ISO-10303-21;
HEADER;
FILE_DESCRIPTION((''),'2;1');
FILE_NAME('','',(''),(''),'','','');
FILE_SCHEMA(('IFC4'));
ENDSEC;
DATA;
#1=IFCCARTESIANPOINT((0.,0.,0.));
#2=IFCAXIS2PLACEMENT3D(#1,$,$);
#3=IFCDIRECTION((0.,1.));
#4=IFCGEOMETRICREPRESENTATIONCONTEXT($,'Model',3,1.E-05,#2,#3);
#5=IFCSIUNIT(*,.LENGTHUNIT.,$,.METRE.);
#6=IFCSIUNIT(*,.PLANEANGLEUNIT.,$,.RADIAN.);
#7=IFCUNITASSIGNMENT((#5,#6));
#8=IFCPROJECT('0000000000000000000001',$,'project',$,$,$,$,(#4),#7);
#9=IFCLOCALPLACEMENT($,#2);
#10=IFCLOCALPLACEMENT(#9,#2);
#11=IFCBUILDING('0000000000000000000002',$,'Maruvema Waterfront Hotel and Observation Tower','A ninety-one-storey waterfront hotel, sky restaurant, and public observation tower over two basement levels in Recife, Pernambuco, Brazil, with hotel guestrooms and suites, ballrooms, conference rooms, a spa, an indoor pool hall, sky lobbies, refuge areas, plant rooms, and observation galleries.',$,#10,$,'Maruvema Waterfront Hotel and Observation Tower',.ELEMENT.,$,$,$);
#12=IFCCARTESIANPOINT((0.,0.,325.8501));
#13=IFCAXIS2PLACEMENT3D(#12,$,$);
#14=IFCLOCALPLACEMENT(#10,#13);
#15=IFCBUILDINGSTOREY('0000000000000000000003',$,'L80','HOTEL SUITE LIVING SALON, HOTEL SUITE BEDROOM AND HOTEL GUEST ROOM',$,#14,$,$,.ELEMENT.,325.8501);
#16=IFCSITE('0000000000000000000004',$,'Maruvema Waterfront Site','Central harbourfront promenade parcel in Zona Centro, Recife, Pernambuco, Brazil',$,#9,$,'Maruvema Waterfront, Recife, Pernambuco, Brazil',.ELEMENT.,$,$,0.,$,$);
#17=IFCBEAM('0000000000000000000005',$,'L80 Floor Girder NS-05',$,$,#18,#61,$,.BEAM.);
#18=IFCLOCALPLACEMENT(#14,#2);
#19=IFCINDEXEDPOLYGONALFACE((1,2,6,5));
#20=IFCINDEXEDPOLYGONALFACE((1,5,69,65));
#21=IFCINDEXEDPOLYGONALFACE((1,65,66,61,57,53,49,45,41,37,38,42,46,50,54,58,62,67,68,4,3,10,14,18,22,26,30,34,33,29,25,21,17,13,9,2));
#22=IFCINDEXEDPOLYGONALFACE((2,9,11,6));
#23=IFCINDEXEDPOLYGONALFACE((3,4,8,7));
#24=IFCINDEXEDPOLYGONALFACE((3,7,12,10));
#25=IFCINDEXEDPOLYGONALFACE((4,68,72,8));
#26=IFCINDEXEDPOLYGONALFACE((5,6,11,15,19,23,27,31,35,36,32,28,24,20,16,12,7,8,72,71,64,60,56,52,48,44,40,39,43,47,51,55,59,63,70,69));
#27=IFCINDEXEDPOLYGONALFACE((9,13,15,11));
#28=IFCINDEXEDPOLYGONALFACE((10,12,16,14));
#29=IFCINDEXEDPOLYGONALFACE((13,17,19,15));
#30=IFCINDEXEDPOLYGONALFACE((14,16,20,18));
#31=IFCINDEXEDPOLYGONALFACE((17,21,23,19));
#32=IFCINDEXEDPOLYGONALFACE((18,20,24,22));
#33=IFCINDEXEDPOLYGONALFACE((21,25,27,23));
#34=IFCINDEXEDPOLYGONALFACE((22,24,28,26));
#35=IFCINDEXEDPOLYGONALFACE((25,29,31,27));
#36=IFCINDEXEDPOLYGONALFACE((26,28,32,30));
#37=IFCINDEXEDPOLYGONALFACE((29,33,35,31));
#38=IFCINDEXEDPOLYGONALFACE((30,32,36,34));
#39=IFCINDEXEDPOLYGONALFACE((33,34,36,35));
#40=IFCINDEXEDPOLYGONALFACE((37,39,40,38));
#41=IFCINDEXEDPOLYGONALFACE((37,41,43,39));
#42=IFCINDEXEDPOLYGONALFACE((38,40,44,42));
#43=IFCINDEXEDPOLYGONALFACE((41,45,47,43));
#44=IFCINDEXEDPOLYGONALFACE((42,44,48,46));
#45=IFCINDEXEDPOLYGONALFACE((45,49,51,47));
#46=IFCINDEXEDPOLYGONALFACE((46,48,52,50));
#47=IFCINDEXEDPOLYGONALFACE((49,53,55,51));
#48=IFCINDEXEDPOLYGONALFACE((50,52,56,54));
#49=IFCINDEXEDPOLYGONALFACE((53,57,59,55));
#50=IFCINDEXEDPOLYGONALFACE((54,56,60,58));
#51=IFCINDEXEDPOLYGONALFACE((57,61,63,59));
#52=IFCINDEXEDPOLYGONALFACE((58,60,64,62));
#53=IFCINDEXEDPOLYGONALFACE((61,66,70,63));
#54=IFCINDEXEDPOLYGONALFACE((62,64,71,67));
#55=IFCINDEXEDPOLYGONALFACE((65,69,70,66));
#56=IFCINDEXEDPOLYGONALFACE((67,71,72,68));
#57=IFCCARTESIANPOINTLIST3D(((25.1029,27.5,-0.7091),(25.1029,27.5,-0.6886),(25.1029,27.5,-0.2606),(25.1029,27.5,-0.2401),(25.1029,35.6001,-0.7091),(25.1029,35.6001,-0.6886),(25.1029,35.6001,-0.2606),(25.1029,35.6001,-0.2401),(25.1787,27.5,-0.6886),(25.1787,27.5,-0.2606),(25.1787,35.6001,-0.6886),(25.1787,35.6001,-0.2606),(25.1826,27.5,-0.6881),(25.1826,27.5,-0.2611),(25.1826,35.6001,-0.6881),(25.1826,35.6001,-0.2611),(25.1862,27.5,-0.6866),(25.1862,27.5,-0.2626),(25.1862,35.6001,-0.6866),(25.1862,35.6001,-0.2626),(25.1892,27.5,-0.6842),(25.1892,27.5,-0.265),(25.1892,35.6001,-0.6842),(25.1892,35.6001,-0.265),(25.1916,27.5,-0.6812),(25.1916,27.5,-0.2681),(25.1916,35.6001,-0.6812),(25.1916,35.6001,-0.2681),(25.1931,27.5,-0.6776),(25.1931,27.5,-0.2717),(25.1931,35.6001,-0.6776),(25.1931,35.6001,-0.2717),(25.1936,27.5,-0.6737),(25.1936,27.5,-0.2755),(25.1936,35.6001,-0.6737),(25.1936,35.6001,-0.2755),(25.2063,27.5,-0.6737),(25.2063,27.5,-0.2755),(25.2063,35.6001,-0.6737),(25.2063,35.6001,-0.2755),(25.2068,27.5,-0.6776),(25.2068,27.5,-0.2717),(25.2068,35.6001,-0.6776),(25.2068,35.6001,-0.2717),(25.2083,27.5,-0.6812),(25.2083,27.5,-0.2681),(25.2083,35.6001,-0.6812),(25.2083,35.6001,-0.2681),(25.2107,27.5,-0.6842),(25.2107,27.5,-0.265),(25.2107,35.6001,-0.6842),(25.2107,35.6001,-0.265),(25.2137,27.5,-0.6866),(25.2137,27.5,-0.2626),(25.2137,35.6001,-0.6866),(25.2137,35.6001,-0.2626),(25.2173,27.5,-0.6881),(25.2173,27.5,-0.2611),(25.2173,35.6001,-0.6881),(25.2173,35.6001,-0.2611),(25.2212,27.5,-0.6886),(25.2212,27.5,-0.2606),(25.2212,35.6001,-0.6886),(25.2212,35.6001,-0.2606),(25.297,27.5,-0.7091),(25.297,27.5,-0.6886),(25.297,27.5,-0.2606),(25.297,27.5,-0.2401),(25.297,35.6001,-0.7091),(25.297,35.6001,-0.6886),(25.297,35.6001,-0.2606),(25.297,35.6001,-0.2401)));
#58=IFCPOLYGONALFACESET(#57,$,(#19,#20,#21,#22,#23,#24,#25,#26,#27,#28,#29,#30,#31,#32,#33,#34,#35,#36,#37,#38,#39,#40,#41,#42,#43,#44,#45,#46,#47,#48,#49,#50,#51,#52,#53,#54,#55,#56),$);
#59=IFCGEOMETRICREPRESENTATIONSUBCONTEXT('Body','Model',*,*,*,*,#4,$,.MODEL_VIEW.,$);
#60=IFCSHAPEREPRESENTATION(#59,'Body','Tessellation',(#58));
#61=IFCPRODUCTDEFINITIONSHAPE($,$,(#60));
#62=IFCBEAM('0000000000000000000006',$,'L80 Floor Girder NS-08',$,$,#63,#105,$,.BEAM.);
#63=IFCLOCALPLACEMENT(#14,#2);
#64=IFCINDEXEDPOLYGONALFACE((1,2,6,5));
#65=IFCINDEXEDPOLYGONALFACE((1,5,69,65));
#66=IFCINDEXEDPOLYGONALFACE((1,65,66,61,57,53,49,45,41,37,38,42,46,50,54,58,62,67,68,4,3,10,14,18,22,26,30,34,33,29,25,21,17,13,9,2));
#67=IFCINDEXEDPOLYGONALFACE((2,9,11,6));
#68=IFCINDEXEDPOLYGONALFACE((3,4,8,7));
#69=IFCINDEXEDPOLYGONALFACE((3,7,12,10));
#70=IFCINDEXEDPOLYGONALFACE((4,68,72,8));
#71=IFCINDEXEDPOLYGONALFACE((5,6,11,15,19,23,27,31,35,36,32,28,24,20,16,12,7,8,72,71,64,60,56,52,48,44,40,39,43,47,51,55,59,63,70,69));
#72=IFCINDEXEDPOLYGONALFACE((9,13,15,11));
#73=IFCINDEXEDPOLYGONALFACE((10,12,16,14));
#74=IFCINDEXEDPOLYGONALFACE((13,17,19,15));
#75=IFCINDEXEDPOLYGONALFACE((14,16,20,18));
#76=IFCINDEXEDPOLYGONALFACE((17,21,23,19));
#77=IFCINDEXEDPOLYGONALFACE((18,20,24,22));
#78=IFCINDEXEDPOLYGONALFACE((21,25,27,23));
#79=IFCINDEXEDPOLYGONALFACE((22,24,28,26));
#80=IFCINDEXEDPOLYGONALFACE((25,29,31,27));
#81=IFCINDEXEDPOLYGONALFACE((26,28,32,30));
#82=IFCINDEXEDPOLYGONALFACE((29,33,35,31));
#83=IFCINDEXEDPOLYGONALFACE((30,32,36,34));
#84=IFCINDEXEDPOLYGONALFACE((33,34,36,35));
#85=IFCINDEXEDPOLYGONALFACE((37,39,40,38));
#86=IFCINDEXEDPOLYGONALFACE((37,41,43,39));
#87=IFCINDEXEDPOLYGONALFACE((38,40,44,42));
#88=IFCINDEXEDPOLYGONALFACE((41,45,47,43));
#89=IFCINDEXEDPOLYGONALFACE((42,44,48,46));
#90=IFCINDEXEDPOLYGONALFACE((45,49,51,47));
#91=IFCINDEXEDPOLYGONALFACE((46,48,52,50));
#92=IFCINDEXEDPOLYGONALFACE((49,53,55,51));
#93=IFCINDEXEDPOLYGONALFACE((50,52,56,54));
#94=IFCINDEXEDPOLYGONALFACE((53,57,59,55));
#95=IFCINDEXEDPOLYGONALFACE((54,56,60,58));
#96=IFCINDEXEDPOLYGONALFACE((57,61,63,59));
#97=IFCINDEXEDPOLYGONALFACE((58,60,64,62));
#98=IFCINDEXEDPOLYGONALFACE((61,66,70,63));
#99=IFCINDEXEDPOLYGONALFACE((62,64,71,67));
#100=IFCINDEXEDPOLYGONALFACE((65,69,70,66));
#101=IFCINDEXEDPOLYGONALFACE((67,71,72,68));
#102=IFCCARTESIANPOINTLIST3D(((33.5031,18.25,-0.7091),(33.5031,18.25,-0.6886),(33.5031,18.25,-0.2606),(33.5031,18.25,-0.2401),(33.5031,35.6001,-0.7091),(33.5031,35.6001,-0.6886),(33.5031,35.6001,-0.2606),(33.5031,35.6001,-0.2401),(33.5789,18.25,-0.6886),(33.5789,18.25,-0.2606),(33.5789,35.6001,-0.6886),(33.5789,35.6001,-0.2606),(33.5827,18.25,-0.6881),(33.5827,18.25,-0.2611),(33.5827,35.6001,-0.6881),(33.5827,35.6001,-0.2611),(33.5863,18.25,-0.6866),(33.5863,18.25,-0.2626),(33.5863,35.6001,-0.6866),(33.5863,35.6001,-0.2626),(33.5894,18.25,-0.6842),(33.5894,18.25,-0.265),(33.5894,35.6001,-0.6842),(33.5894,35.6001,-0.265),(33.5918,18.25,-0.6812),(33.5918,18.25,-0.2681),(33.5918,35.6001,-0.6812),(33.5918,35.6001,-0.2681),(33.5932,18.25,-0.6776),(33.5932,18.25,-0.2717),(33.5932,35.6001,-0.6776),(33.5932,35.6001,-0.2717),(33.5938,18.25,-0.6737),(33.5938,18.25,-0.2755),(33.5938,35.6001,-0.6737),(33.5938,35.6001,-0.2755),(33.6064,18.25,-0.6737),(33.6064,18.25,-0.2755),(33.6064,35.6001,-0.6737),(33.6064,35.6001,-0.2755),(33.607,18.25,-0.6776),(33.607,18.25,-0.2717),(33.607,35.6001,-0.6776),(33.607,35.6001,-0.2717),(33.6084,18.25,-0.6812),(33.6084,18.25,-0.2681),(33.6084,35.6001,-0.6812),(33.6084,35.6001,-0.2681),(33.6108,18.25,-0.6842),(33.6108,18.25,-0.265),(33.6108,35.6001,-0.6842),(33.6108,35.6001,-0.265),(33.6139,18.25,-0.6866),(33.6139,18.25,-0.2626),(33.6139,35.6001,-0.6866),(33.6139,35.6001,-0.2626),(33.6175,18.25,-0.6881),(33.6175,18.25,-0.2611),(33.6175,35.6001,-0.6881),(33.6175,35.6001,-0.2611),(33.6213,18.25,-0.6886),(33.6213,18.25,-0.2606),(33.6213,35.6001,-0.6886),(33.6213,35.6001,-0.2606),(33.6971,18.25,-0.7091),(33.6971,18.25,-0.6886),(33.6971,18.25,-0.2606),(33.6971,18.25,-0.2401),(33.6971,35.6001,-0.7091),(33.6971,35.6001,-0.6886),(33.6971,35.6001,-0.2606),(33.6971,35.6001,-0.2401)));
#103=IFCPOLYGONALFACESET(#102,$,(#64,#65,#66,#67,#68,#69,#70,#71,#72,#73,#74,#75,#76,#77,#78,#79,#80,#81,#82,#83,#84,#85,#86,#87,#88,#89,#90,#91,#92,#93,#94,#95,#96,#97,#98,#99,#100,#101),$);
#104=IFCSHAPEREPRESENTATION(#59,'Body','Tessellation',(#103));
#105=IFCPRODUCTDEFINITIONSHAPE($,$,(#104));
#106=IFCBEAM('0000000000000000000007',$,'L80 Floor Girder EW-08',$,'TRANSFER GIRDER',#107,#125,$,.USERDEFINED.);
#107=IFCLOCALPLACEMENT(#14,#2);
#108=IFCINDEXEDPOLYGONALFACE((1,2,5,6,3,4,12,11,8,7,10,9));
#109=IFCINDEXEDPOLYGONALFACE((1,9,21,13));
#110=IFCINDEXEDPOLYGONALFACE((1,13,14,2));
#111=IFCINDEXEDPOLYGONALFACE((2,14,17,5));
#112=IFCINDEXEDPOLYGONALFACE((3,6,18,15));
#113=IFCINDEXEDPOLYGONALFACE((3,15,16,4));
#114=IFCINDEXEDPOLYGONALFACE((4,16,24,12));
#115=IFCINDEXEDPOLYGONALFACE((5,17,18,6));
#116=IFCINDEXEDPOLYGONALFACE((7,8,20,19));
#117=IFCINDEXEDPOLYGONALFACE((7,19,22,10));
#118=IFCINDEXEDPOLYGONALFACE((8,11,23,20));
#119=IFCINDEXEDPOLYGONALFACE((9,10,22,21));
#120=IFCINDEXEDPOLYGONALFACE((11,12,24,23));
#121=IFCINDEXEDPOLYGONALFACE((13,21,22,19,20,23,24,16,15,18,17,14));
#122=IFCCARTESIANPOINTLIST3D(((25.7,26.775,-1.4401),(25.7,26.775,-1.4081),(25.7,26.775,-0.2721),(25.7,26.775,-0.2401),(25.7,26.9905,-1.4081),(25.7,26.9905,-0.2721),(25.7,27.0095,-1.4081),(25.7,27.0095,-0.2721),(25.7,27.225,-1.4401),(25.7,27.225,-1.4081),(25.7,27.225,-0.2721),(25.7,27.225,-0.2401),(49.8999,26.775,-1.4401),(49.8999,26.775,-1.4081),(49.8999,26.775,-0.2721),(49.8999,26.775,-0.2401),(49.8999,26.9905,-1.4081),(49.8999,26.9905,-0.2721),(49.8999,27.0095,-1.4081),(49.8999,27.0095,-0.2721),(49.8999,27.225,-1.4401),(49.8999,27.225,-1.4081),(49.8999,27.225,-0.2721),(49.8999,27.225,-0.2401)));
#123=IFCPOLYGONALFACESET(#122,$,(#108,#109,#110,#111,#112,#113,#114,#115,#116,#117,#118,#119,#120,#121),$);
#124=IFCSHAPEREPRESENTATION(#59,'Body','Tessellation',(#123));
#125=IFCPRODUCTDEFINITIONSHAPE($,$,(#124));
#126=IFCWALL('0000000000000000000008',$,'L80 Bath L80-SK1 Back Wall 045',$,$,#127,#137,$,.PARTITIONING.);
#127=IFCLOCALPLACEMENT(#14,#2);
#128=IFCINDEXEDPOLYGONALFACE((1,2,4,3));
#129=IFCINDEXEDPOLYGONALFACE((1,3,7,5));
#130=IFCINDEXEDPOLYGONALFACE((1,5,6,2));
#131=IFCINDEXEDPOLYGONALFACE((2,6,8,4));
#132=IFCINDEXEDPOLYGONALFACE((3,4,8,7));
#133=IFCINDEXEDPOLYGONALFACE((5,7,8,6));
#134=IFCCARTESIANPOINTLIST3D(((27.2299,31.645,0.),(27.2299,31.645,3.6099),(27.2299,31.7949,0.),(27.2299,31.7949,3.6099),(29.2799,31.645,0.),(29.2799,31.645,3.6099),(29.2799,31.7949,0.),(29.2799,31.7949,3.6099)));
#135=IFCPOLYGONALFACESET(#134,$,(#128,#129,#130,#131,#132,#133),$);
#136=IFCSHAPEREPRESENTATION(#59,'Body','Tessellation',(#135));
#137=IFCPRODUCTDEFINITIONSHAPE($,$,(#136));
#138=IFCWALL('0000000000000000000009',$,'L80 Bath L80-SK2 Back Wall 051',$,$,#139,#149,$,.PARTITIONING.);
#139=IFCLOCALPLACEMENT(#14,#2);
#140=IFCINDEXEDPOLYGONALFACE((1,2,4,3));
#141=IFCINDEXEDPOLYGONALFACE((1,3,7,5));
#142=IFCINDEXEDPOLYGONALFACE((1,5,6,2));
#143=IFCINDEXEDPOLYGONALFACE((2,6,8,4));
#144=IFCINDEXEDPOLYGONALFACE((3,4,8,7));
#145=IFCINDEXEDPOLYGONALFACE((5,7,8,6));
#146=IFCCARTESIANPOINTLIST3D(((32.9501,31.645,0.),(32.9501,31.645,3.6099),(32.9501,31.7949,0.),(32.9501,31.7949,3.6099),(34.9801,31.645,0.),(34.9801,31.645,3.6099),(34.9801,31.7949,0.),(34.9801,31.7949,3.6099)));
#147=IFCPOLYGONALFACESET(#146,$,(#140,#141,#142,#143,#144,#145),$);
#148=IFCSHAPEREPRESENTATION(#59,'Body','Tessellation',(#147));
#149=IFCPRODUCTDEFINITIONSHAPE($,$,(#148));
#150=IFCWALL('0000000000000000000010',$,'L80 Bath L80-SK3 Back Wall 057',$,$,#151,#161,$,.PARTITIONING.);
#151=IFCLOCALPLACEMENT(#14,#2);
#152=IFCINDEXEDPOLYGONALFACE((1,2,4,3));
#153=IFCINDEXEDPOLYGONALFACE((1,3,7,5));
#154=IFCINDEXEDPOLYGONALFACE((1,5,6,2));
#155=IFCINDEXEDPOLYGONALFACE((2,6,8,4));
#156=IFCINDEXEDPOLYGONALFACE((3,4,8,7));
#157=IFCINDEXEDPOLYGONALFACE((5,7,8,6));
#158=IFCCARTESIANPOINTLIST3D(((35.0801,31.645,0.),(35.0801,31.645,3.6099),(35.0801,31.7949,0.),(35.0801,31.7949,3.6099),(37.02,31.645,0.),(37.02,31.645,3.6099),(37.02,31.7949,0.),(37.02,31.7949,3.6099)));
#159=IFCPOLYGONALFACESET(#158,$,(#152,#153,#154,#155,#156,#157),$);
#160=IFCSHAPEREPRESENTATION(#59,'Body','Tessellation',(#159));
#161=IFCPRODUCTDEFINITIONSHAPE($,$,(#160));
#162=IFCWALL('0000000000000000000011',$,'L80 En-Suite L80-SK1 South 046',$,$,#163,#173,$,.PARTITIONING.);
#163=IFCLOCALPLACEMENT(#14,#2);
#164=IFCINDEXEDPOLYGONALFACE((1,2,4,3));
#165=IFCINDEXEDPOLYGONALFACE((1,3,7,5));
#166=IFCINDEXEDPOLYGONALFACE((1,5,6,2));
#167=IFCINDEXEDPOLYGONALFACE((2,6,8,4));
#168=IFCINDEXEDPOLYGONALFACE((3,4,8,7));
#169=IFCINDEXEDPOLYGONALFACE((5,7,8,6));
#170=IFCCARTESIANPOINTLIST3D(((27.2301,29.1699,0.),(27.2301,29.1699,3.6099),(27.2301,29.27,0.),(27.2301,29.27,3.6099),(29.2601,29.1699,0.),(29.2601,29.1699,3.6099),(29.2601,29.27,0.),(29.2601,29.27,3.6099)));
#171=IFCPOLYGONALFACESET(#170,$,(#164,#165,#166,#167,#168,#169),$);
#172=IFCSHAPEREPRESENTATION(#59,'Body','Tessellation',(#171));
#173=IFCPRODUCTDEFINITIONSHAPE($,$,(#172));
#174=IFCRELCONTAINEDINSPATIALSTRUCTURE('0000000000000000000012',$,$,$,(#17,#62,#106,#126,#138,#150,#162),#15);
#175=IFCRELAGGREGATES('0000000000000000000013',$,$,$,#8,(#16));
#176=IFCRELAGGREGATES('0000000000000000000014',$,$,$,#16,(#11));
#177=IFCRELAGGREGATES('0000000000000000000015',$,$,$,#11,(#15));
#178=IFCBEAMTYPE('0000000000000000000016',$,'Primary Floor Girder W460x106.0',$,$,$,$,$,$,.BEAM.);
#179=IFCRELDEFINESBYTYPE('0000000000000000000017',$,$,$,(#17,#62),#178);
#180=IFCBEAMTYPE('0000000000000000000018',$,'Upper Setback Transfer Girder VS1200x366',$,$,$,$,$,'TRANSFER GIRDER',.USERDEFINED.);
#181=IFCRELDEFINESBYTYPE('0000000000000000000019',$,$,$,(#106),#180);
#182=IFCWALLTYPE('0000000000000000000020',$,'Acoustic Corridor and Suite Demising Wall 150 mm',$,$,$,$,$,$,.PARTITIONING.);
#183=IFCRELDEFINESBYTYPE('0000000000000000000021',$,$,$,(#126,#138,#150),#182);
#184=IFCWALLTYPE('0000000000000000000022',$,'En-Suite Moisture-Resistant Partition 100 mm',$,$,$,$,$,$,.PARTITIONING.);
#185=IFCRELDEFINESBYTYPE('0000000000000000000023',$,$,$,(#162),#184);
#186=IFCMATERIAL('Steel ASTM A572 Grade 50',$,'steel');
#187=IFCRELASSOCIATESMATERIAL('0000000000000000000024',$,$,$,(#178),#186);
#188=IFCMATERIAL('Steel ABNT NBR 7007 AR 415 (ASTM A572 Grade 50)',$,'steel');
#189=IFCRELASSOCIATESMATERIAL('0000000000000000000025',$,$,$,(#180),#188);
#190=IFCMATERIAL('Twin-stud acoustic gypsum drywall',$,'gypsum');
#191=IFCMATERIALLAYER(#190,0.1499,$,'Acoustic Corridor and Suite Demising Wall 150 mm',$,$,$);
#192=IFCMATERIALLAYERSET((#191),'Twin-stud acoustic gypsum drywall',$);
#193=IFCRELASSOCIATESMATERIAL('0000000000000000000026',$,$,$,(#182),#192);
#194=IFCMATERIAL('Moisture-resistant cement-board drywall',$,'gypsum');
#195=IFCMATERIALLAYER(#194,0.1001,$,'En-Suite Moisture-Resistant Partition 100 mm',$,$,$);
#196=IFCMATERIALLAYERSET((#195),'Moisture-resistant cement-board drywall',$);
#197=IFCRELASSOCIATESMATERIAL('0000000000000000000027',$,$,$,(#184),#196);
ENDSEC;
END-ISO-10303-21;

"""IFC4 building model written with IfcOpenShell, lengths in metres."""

from ifc_helpers import new_model, si_unit, direction, frame, frame_2d, origin, origin_2d, place, context, subcontext, project, spatial, rectangle, i_section, extrude, material, layer, layer_set, material_profile, profile_set, type_object, element, save


model = new_model("IFC4")

# Units and contexts
model_context = context("Model", 3, precision=1e-05, world=origin(), true_north=direction((0.0, 1.0)))
body_context = subcontext(model_context, "Body", "Model", "MODEL_VIEW")
ifc_project = project(units=[si_unit("LENGTHUNIT", "METRE"), si_unit("PLANEANGLEUNIT", "RADIAN")], contexts=[model_context])

# Site, building, storey
site_placement = place(None, origin())
site = spatial("IfcSite", under=ifc_project, at=site_placement, Name="Maruvema Waterfront Site", Description="Central harbourfront promenade parcel in Zona Centro, Recife, Pernambuco, Brazil", LongName="Maruvema Waterfront, Recife, Pernambuco, Brazil", CompositionType="ELEMENT", RefElevation=0.0)
building_placement = place(site_placement, origin())
building = spatial("IfcBuilding", under=site, at=building_placement, Name="Maruvema Waterfront Hotel and Observation Tower", Description="A ninety-one-storey waterfront hotel, sky restaurant, and public observation tower over two basement levels in Recife, Pernambuco, Brazil, with hotel guestrooms and suites, ballrooms, conference rooms, a spa, an indoor pool hall, sky lobbies, refuge areas, plant rooms, and observation galleries.", LongName="Maruvema Waterfront Hotel and Observation Tower", CompositionType="ELEMENT")
storey_placement = place(building_placement, frame((0.0, 0.0, 325.8501)))
storey = spatial("IfcBuildingStorey", under=building, at=storey_placement, Name="L80", Description="HOTEL SUITE LIVING SALON, HOTEL SUITE BEDROOM AND HOTEL GUEST ROOM", CompositionType="ELEMENT", Elevation=325.8501)

# Beams
ifc_material_1 = material(Name="Steel ASTM A572 Grade 50", Category="steel")
ifc_material_profile_1 = material_profile(ifc_material_1, i_section(OverallWidth=0.1941, OverallDepth=0.469, WebThickness=0.0127, FlangeThickness=0.0205, FilletRadius=0.0149, at=origin_2d()), Name="W460x106.0")
ifc_profile_set_1 = profile_set([ifc_material_profile_1], Name="Steel ASTM A572 Grade 50")
beam_type_1 = type_object("IfcBeamType", Name="Primary Floor Girder W460x106.0", PredefinedType="BEAM", material=ifc_profile_set_1)
for number, where, z_axis, x_axis, name in (
    (1, (25.2, 27.5, -0.4746), (0.0, 1.0, 0.0), (-1.0, 0.0, 0.0), "L80 Floor Girder NS-05"),
):
    element("IfcBeam", number, at=place(storey_placement, frame(where, z_axis=z_axis, x_axis=x_axis)), inside=storey, type_object=beam_type_1, Name=name, PredefinedType="BEAM", context=body_context, shape_type="SweptSolid", body=[
        extrude(i_section(OverallWidth=0.1941, OverallDepth=0.469, WebThickness=0.0127, FlangeThickness=0.0205, FilletRadius=0.0149, at=origin_2d()), origin(), (0.0, 0.0, 1.0), 8.1001),
    ])
beam_1_placement = place(storey_placement, frame((33.6001, 18.25, -0.4746), z_axis=(0.0, 1.0, 0.0), x_axis=(-1.0, 0.0, 0.0)))
element("IfcBeam", 2, at=beam_1_placement, inside=storey, type_object=beam_type_1, Name="L80 Floor Girder NS-08", PredefinedType="BEAM", context=body_context, shape_type="SweptSolid", body=[
    extrude(i_section(OverallWidth=0.1941, OverallDepth=0.469, WebThickness=0.0127, FlangeThickness=0.0205, FilletRadius=0.0149, at=origin_2d()), origin(), (0.0, 0.0, 1.0), 17.3501),
])
ifc_material_2 = material(Name="Steel ABNT NBR 7007 AR 415 (ASTM A572 Grade 50)", Category="steel")
ifc_material_profile_2 = material_profile(ifc_material_2, i_section(OverallWidth=0.45, OverallDepth=1.2, WebThickness=0.019, FlangeThickness=0.032, at=origin_2d()), Name="VS1200x366")
ifc_profile_set_2 = profile_set([ifc_material_profile_2], Name="Steel ABNT NBR 7007 AR 415 (ASTM A572 Grade 50)")
beam_type_2 = type_object("IfcBeamType", Name="Upper Setback Transfer Girder VS1200x366", ElementType="TRANSFER GIRDER", PredefinedType="USERDEFINED", material=ifc_profile_set_2)
beam_2_placement = place(storey_placement, frame((25.7, 27.0, -0.8401), z_axis=(1.0, 0.0, 0.0), x_axis=(0.0, 1.0, 0.0)))
element("IfcBeam", 3, at=beam_2_placement, inside=storey, type_object=beam_type_2, Name="L80 Floor Girder EW-08", ObjectType="TRANSFER GIRDER", PredefinedType="USERDEFINED", context=body_context, shape_type="SweptSolid", body=[
    extrude(i_section(OverallWidth=0.45, OverallDepth=1.2, WebThickness=0.019, FlangeThickness=0.032, at=origin_2d()), origin(), (0.0, 0.0, 1.0), 24.2),
])

# Walls
ifc_material_3 = material(Name="Twin-stud acoustic gypsum drywall", Category="gypsum")
ifc_layer_1 = layer(ifc_material_3, 0.1499, Name="Acoustic Corridor and Suite Demising Wall 150 mm")
ifc_layer_set_1 = layer_set([ifc_layer_1], Name="Twin-stud acoustic gypsum drywall")
wall_type_1 = type_object("IfcWallType", Name="Acoustic Corridor and Suite Demising Wall 150 mm", PredefinedType="PARTITIONING", material=ifc_layer_set_1)
wall_1_placement = place(storey_placement, frame((27.23, 31.72, 0.0), z_axis=(0.0, 0.0, 1.0), x_axis=(1.0, 0.0, 0.0)))
element("IfcWall", 4, at=wall_1_placement, inside=storey, type_object=wall_type_1, Name="L80 Bath L80-SK1 Back Wall 045", PredefinedType="PARTITIONING", context=body_context, shape_type="SweptSolid", body=[
    extrude(rectangle(XDim=2.05, YDim=0.1499, at=frame_2d((1.0249, 0.0))), origin(), (0.0, 0.0, 1.0), 3.6099),
])
wall_2_placement = place(storey_placement, frame((32.95, 31.72, 0.0), z_axis=(0.0, 0.0, 1.0), x_axis=(1.0, 0.0, 0.0)))
element("IfcWall", 5, at=wall_2_placement, inside=storey, type_object=wall_type_1, Name="L80 Bath L80-SK2 Back Wall 051", PredefinedType="PARTITIONING", context=body_context, shape_type="SweptSolid", body=[
    extrude(rectangle(XDim=2.03, YDim=0.1499, at=frame_2d((1.0151, 0.0))), origin(), (0.0, 0.0, 1.0), 3.6099),
])

# Walls
wall_3_placement = place(storey_placement, frame((35.0801, 31.72, 0.0), z_axis=(0.0, 0.0, 1.0), x_axis=(1.0, 0.0, 0.0)))
element("IfcWall", 6, at=wall_3_placement, inside=storey, type_object=wall_type_1, Name="L80 Bath L80-SK3 Back Wall 057", PredefinedType="PARTITIONING", context=body_context, shape_type="SweptSolid", body=[
    extrude(rectangle(XDim=1.9399, YDim=0.1499, at=frame_2d((0.97, 0.0))), origin(), (0.0, 0.0, 1.0), 3.6099),
])
ifc_material_4 = material(Name="Moisture-resistant cement-board drywall", Category="gypsum")
ifc_layer_2 = layer(ifc_material_4, 0.1001, Name="En-Suite Moisture-Resistant Partition 100 mm")
ifc_layer_set_2 = layer_set([ifc_layer_2], Name="Moisture-resistant cement-board drywall")
wall_type_2 = type_object("IfcWallType", Name="En-Suite Moisture-Resistant Partition 100 mm", PredefinedType="PARTITIONING", material=ifc_layer_set_2)
wall_4_placement = place(storey_placement, frame((27.23, 29.22, 0.0), z_axis=(0.0, 0.0, 1.0), x_axis=(1.0, 0.0, 0.0)))
element("IfcWall", 7, at=wall_4_placement, inside=storey, type_object=wall_type_2, Name="L80 En-Suite L80-SK1 South 046", PredefinedType="PARTITIONING", context=body_context, shape_type="SweptSolid", body=[
    extrude(rectangle(XDim=2.03, YDim=0.1001, at=frame_2d((1.0151, 0.0))), origin(), (0.0, 0.0, 1.0), 3.6099),
])

save(model, "model.ifc")
